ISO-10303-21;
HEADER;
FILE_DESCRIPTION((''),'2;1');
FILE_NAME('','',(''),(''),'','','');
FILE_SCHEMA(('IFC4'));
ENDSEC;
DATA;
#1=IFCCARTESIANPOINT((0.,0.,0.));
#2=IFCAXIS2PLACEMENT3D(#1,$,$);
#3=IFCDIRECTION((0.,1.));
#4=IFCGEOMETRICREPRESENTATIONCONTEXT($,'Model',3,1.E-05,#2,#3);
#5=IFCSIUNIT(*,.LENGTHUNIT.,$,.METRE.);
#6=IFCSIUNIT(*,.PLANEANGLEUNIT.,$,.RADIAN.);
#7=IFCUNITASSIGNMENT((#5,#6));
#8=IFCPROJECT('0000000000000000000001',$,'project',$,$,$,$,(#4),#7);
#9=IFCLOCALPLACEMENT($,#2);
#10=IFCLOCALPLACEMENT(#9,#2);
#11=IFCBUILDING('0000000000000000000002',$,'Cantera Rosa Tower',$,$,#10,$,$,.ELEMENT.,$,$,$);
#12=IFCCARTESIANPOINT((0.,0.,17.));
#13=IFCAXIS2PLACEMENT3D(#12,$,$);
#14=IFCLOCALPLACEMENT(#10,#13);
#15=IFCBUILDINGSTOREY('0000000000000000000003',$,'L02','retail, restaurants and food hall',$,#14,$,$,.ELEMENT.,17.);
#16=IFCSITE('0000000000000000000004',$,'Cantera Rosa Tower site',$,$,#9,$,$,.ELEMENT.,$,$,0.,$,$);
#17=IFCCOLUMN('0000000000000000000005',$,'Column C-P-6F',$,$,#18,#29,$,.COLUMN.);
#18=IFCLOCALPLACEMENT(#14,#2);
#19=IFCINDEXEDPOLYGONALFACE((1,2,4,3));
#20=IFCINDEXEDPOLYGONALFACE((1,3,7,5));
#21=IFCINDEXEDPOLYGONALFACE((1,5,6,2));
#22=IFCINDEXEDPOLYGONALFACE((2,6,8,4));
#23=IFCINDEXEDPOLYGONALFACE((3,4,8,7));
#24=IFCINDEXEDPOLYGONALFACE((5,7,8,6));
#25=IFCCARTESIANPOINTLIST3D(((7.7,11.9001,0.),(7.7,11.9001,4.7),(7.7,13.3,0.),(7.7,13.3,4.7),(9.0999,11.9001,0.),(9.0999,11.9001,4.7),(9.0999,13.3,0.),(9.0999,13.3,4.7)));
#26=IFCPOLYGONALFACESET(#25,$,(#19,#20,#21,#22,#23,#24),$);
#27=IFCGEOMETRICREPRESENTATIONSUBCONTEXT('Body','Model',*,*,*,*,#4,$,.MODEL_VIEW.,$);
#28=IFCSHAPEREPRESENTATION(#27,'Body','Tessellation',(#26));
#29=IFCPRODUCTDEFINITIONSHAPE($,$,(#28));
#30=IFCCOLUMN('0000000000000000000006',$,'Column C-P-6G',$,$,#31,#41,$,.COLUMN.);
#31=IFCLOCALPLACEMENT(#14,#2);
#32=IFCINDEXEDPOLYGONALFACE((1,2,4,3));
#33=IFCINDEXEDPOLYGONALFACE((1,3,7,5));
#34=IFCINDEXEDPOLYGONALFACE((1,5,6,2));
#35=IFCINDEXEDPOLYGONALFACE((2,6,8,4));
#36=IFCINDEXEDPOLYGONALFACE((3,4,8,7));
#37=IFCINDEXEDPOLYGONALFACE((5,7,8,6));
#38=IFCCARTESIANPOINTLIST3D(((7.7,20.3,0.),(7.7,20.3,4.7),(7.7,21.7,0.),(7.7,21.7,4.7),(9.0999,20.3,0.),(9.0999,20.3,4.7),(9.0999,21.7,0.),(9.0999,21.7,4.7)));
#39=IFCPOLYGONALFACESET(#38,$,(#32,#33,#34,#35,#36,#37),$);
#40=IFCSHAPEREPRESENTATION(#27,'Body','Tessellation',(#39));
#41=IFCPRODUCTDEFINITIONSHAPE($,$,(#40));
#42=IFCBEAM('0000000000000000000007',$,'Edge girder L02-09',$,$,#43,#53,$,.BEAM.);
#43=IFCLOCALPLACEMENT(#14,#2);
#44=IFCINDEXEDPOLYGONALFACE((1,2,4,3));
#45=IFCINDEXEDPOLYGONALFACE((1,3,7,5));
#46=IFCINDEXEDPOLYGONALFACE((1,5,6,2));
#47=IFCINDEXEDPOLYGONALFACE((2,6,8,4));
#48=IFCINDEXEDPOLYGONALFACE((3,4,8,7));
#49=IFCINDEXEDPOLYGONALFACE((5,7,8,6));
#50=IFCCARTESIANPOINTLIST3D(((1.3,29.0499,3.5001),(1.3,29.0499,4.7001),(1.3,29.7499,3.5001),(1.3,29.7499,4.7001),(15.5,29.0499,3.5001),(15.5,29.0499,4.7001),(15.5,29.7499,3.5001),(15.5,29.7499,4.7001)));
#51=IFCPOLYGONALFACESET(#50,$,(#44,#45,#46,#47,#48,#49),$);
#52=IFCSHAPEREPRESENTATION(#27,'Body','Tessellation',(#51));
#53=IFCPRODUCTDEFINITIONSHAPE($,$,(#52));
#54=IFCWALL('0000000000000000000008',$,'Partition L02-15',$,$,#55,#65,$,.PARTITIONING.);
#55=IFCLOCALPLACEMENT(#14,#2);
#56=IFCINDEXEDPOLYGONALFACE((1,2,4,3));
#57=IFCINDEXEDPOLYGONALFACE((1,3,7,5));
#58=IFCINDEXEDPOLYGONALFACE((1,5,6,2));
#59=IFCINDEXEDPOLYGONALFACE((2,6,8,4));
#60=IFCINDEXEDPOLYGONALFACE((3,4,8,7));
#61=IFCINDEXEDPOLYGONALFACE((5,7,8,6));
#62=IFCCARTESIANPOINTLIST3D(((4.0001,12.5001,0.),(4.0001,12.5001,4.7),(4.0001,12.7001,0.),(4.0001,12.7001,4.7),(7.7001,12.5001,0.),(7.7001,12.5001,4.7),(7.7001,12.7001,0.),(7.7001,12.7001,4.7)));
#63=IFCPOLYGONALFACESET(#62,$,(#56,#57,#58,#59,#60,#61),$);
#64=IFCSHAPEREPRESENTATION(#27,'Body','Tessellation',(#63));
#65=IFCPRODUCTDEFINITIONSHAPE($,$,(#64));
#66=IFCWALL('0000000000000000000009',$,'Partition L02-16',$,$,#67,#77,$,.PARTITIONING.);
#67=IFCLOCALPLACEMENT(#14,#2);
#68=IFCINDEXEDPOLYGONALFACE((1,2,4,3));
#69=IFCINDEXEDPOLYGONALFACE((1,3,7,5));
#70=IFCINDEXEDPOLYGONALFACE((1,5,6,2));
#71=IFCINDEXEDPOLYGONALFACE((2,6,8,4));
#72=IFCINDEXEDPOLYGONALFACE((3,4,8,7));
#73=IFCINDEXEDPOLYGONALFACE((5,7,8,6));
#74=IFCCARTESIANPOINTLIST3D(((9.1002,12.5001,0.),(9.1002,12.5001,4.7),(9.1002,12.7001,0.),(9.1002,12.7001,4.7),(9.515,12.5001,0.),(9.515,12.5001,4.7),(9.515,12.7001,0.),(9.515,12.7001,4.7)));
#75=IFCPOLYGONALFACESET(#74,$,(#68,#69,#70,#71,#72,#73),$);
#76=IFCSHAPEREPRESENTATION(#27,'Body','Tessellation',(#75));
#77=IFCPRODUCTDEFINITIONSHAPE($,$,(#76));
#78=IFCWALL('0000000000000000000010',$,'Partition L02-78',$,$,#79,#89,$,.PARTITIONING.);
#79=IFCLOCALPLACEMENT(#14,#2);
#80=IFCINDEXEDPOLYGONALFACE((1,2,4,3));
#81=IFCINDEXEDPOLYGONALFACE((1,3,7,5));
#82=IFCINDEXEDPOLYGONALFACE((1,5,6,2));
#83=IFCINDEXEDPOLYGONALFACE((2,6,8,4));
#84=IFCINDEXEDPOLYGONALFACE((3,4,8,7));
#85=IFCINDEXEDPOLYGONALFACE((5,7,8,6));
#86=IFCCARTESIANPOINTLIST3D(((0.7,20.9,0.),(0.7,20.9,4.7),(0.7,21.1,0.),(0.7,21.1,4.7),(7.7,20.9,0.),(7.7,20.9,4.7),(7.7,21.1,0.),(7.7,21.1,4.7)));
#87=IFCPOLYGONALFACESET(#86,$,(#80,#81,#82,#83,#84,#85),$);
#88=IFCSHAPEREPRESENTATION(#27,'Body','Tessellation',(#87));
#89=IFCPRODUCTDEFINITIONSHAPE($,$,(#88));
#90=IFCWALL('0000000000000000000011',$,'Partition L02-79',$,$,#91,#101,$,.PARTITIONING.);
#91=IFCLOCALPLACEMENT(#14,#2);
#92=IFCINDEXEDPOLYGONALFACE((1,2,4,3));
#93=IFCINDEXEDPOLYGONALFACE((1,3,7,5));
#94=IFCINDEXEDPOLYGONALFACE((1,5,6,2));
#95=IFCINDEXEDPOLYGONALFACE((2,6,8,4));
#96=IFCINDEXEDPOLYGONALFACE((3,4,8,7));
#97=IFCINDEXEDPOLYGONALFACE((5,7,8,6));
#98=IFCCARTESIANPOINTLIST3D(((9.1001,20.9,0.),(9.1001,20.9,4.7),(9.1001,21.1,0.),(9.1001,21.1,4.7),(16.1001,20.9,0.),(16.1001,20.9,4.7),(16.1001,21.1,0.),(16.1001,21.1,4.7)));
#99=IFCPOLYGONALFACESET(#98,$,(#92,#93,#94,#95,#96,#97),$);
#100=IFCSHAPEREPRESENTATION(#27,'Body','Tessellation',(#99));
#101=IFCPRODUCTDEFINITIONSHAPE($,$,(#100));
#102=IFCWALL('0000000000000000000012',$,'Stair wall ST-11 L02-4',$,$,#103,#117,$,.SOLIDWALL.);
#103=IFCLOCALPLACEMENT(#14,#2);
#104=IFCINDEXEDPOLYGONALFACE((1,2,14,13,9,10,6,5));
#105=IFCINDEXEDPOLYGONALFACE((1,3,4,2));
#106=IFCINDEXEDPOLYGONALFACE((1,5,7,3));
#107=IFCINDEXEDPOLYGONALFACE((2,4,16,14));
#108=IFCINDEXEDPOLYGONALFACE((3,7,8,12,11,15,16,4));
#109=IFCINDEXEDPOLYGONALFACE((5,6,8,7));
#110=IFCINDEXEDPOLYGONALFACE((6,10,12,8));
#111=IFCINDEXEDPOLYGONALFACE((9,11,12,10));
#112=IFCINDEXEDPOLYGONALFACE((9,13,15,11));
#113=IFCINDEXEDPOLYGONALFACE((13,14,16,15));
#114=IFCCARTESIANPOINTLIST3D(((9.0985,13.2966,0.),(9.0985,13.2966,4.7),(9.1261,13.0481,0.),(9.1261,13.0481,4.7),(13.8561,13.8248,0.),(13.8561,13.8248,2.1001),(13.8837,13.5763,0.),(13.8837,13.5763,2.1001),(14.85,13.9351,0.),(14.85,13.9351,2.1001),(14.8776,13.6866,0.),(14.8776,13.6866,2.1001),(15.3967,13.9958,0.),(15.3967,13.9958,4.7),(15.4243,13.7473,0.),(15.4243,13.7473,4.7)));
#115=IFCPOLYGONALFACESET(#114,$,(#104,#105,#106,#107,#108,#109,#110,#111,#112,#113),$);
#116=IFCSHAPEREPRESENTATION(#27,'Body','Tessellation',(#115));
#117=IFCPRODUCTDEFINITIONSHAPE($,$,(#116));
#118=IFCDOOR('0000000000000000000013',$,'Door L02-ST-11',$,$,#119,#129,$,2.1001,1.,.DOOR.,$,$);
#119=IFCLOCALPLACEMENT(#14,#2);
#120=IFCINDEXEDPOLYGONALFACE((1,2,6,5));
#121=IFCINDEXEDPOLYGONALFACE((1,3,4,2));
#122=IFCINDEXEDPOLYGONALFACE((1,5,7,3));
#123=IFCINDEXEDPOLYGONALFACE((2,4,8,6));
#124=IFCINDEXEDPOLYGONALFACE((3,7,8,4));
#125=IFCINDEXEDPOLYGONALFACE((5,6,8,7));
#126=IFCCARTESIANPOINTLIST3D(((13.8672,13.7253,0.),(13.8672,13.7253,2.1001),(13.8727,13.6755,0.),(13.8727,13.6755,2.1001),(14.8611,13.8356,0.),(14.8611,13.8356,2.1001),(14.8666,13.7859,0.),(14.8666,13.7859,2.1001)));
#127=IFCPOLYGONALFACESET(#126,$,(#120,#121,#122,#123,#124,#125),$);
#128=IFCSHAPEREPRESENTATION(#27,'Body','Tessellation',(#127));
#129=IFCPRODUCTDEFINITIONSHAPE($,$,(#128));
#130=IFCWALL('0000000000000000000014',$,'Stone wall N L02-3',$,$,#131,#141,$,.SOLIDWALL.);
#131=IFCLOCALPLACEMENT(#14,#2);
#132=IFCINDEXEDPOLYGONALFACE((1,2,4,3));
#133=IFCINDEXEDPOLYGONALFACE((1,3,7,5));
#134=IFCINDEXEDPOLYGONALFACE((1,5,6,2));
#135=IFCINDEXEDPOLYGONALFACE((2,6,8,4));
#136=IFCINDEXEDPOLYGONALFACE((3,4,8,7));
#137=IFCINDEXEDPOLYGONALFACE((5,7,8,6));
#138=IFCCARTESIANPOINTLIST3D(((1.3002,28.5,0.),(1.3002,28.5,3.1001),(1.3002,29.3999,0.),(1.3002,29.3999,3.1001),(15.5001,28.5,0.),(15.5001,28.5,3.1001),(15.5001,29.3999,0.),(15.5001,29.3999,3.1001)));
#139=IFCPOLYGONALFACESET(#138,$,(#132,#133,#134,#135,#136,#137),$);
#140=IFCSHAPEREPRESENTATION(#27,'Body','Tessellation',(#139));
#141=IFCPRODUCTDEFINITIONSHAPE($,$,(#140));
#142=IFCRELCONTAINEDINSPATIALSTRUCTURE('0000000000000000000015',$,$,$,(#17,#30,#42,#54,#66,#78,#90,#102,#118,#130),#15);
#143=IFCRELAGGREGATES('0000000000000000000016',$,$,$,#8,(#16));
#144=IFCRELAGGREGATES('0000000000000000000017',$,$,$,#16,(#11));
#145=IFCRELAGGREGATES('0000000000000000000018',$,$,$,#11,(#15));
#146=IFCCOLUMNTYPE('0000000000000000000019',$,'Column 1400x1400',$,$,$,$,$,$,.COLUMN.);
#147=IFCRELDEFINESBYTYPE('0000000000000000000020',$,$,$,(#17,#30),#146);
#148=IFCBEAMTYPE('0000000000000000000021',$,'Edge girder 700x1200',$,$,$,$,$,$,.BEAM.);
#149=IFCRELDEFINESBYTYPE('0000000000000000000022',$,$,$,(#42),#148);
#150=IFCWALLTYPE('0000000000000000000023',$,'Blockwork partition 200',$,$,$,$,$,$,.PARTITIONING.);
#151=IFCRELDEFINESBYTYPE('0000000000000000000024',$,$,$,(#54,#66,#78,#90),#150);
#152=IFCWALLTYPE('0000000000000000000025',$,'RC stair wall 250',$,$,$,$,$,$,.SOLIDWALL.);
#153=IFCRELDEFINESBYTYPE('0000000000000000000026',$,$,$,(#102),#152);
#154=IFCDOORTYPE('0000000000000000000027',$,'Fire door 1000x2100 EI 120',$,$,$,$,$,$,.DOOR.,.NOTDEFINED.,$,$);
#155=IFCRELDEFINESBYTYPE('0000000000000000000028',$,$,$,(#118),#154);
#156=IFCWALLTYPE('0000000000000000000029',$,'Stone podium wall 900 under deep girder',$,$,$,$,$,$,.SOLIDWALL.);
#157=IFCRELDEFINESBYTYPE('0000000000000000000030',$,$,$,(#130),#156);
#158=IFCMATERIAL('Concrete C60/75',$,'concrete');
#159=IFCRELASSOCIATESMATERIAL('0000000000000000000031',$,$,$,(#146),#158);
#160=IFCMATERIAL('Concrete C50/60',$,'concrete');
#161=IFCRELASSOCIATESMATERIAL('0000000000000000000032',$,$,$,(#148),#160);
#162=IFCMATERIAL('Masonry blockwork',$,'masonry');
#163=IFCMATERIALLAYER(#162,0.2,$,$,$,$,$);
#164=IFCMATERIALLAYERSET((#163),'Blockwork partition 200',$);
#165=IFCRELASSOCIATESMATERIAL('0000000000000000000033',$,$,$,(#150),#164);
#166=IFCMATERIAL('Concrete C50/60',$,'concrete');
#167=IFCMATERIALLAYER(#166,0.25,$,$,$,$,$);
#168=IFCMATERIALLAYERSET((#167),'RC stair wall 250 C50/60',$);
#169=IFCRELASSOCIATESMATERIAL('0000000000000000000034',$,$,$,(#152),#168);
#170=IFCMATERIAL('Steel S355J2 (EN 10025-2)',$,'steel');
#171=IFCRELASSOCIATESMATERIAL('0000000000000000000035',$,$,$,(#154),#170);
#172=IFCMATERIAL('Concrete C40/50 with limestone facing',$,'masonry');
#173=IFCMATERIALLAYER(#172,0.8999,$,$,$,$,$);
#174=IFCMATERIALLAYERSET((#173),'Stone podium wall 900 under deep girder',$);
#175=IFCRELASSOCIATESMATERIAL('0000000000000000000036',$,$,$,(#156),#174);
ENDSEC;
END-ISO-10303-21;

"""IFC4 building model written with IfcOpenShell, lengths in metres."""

from ifc_helpers import new_model, si_unit, direction, frame, frame_2d, origin, origin_2d, place, context, subcontext, project, spatial, rectangle, extrude, material, layer, layer_set, material_profile, profile_set, type_object, element, fill, save


model = new_model("IFC4")

# Units and contexts
model_context = context("Model", 3, precision=1e-05, world=origin(), true_north=direction((0.0, 1.0)))
body_context = subcontext(model_context, "Body", "Model", "MODEL_VIEW")
ifc_project = project(units=[si_unit("LENGTHUNIT", "METRE"), si_unit("PLANEANGLEUNIT", "RADIAN")], contexts=[model_context])

# Site, building, storey
site_placement = place(None, origin())
site = spatial("IfcSite", under=ifc_project, at=site_placement, Name="Cantera Rosa Tower site", CompositionType="ELEMENT", RefElevation=0.0)
building_placement = place(site_placement, origin())
building = spatial("IfcBuilding", under=site, at=building_placement, Name="Cantera Rosa Tower", CompositionType="ELEMENT")
storey_placement = place(building_placement, frame((0.0, 0.0, 17.0)))
storey = spatial("IfcBuildingStorey", under=building, at=storey_placement, Name="L02", Description="retail, restaurants and food hall", CompositionType="ELEMENT", Elevation=17.0)

# Columns
ifc_material_1 = material(Name="Concrete C60/75", Category="concrete")
ifc_material_profile_1 = material_profile(ifc_material_1, rectangle(XDim=1.3999, YDim=1.3999, at=origin_2d()), Name="Column 1400x1400")
ifc_profile_set_1 = profile_set([ifc_material_profile_1], Name="Concrete C60/75")
column_type = type_object("IfcColumnType", Name="Column 1400x1400", PredefinedType="COLUMN", material=ifc_profile_set_1)
for number, where, z_axis, x_axis, name in (
    (1, (8.3999, 12.6001, 0.0), (0.0, 0.0, 1.0), (1.0, 0.0, 0.0), "Column C-P-6F"),
    (2, (8.3999, 21.0, 0.0), (0.0, 0.0, 1.0), (1.0, 0.0, 0.0), "Column C-P-6G"),
):
    element("IfcColumn", number, at=place(storey_placement, frame(where, z_axis=z_axis, x_axis=x_axis)), inside=storey, type_object=column_type, Name=name, PredefinedType="COLUMN", context=body_context, shape_type="SweptSolid", body=[
        extrude(rectangle(XDim=1.3999, YDim=1.3999, at=origin_2d()), origin(), (0.0, 0.0, 1.0), 4.7),
    ])

# Beam
ifc_material_2 = material(Name="Concrete C50/60", Category="concrete")
ifc_material_profile_2 = material_profile(ifc_material_2, rectangle(XDim=0.7, YDim=1.2, at=origin_2d()), Name="Edge girder 700x1200")
ifc_profile_set_2 = profile_set([ifc_material_profile_2], Name="Concrete C50/60")
beam_type = type_object("IfcBeamType", Name="Edge girder 700x1200", PredefinedType="BEAM", material=ifc_profile_set_2)
beam_placement = place(storey_placement, frame((1.3, 29.3999, 4.1001), z_axis=(1.0, 0.0, 0.0), x_axis=(0.0, 1.0, 0.0)))
element("IfcBeam", 3, at=beam_placement, inside=storey, type_object=beam_type, Name="Edge girder L02-09", PredefinedType="BEAM", context=body_context, shape_type="SweptSolid", body=[
    extrude(rectangle(XDim=0.7, YDim=1.2, at=origin_2d()), origin(), (0.0, 0.0, 1.0), 14.2),
])

# Walls
ifc_material_3 = material(Name="Masonry blockwork", Category="masonry")
ifc_layer_1 = layer(ifc_material_3, 0.2)
ifc_layer_set_1 = layer_set([ifc_layer_1], Name="Blockwork partition 200")
wall_type_1 = type_object("IfcWallType", Name="Blockwork partition 200", PredefinedType="PARTITIONING", material=ifc_layer_set_1)
wall_1_placement = place(storey_placement, frame((4.0, 12.6001, 0.0), z_axis=(0.0, 0.0, 1.0), x_axis=(1.0, 0.0, 0.0)))
element("IfcWall", 4, at=wall_1_placement, inside=storey, type_object=wall_type_1, Name="Partition L02-15", PredefinedType="PARTITIONING", context=body_context, shape_type="SweptSolid", body=[
    extrude(rectangle(XDim=3.7, YDim=0.2, at=frame_2d((1.8501, 0.0))), origin(), (0.0, 0.0, 1.0), 4.7),
])
wall_2_placement = place(storey_placement, frame((9.1001, 12.6001, 0.0), z_axis=(0.0, 0.0, 1.0), x_axis=(1.0, 0.0, 0.0)))
element("IfcWall", 5, at=wall_2_placement, inside=storey, type_object=wall_type_1, Name="Partition L02-16", PredefinedType="PARTITIONING", context=body_context, shape_type="SweptSolid", body=[
    extrude(rectangle(XDim=0.4148, YDim=0.2, at=frame_2d((0.2075, 0.0))), origin(), (0.0, 0.0, 1.0), 4.7),
])
for number, where, z_axis, x_axis, name in (
    (6, (0.7, 21.0, 0.0), (0.0, 0.0, 1.0), (1.0, 0.0, 0.0), "Partition L02-78"),
    (7, (9.1001, 21.0, 0.0), (0.0, 0.0, 1.0), (1.0, 0.0, 0.0), "Partition L02-79"),
):
    element("IfcWall", number, at=place(storey_placement, frame(where, z_axis=z_axis, x_axis=x_axis)), inside=storey, type_object=wall_type_1, Name=name, PredefinedType="PARTITIONING", context=body_context, shape_type="SweptSolid", body=[
        extrude(rectangle(XDim=7.0, YDim=0.2, at=frame_2d((3.5, 0.0))), origin(), (0.0, 0.0, 1.0), 4.7),
    ])

# Wall, opening, door
ifc_material_4 = material(Name="Concrete C50/60", Category="concrete")
ifc_layer_2 = layer(ifc_material_4, 0.25)
ifc_layer_set_2 = layer_set([ifc_layer_2], Name="RC stair wall 250 C50/60")
wall_type_2 = type_object("IfcWallType", Name="RC stair wall 250", PredefinedType="SOLIDWALL", material=ifc_layer_set_2)
wall_3_placement = place(storey_placement, frame((9.1123, 13.1724, 0.0), z_axis=(0.0, 0.0, 1.0), x_axis=(0.993894, 0.110338, 0.0)))
wall_3 = element("IfcWall", 8, at=wall_3_placement, inside=storey, type_object=wall_type_2, Name="Stair wall ST-11 L02-4", PredefinedType="SOLIDWALL", context=body_context, shape_type="SweptSolid", body=[
    extrude(rectangle(XDim=6.3369, YDim=0.25, at=frame_2d((3.1685, 0.0))), origin(), (0.0, 0.0, 1.0), 4.7),
])
opening_placement = place(wall_3_placement, frame((4.7869, 0.0, 0.0)))
opening = element("IfcOpeningElement", 9, at=opening_placement, cuts=wall_3, PredefinedType="OPENING", context=body_context, shape_type="SweptSolid", body=[
    extrude(rectangle(XDim=1.0, YDim=2.1001, at=frame_2d((0.5, 1.05))), frame((0.0, 0.135, 0.0), z_axis=(0.0, -1.0, 0.0), x_axis=(1.0, 0.0, 0.0)), (0.0, 0.0, 1.0), 0.27),
])
ifc_material_5 = material(Name="Steel S355J2 (EN 10025-2)", Category="steel")
door_type = type_object("IfcDoorType", Name="Fire door 1000x2100 EI 120", OperationType="NOTDEFINED", PredefinedType="DOOR", material=ifc_material_5)
door_placement = place(opening_placement, origin())
door = element("IfcDoor", 10, at=door_placement, inside=storey, type_object=door_type, Name="Door L02-ST-11", OverallHeight=2.1001, OverallWidth=1.0, PredefinedType="DOOR", context=body_context, shape_type="SweptSolid", body=[
    extrude(rectangle(XDim=1.0, YDim=2.1001, at=frame_2d((0.5, 1.05))), frame((0.0, 0.0249, 0.0), z_axis=(0.0, -1.0, 0.0), x_axis=(1.0, 0.0, 0.0)), (0.0, 0.0, 1.0), 0.05),
])
fill(opening, door)

# Wall
ifc_material_6 = material(Name="Concrete C40/50 with limestone facing", Category="masonry")
ifc_layer_3 = layer(ifc_material_6, 0.8999)
ifc_layer_set_3 = layer_set([ifc_layer_3], Name="Stone podium wall 900 under deep girder")
wall_type_3 = type_object("IfcWallType", Name="Stone podium wall 900 under deep girder", PredefinedType="SOLIDWALL", material=ifc_layer_set_3)
wall_4_placement = place(storey_placement, frame((1.3, 28.95, 0.0), z_axis=(0.0, 0.0, 1.0), x_axis=(1.0, 0.0, 0.0)))
element("IfcWall", 11, at=wall_4_placement, inside=storey, type_object=wall_type_3, Name="Stone wall N L02-3", PredefinedType="SOLIDWALL", context=body_context, shape_type="SweptSolid", body=[
    extrude(rectangle(XDim=14.2, YDim=0.8999, at=frame_2d((7.1001, 0.0))), origin(), (0.0, 0.0, 1.0), 3.1001),
])

save(model, "model.ifc")
